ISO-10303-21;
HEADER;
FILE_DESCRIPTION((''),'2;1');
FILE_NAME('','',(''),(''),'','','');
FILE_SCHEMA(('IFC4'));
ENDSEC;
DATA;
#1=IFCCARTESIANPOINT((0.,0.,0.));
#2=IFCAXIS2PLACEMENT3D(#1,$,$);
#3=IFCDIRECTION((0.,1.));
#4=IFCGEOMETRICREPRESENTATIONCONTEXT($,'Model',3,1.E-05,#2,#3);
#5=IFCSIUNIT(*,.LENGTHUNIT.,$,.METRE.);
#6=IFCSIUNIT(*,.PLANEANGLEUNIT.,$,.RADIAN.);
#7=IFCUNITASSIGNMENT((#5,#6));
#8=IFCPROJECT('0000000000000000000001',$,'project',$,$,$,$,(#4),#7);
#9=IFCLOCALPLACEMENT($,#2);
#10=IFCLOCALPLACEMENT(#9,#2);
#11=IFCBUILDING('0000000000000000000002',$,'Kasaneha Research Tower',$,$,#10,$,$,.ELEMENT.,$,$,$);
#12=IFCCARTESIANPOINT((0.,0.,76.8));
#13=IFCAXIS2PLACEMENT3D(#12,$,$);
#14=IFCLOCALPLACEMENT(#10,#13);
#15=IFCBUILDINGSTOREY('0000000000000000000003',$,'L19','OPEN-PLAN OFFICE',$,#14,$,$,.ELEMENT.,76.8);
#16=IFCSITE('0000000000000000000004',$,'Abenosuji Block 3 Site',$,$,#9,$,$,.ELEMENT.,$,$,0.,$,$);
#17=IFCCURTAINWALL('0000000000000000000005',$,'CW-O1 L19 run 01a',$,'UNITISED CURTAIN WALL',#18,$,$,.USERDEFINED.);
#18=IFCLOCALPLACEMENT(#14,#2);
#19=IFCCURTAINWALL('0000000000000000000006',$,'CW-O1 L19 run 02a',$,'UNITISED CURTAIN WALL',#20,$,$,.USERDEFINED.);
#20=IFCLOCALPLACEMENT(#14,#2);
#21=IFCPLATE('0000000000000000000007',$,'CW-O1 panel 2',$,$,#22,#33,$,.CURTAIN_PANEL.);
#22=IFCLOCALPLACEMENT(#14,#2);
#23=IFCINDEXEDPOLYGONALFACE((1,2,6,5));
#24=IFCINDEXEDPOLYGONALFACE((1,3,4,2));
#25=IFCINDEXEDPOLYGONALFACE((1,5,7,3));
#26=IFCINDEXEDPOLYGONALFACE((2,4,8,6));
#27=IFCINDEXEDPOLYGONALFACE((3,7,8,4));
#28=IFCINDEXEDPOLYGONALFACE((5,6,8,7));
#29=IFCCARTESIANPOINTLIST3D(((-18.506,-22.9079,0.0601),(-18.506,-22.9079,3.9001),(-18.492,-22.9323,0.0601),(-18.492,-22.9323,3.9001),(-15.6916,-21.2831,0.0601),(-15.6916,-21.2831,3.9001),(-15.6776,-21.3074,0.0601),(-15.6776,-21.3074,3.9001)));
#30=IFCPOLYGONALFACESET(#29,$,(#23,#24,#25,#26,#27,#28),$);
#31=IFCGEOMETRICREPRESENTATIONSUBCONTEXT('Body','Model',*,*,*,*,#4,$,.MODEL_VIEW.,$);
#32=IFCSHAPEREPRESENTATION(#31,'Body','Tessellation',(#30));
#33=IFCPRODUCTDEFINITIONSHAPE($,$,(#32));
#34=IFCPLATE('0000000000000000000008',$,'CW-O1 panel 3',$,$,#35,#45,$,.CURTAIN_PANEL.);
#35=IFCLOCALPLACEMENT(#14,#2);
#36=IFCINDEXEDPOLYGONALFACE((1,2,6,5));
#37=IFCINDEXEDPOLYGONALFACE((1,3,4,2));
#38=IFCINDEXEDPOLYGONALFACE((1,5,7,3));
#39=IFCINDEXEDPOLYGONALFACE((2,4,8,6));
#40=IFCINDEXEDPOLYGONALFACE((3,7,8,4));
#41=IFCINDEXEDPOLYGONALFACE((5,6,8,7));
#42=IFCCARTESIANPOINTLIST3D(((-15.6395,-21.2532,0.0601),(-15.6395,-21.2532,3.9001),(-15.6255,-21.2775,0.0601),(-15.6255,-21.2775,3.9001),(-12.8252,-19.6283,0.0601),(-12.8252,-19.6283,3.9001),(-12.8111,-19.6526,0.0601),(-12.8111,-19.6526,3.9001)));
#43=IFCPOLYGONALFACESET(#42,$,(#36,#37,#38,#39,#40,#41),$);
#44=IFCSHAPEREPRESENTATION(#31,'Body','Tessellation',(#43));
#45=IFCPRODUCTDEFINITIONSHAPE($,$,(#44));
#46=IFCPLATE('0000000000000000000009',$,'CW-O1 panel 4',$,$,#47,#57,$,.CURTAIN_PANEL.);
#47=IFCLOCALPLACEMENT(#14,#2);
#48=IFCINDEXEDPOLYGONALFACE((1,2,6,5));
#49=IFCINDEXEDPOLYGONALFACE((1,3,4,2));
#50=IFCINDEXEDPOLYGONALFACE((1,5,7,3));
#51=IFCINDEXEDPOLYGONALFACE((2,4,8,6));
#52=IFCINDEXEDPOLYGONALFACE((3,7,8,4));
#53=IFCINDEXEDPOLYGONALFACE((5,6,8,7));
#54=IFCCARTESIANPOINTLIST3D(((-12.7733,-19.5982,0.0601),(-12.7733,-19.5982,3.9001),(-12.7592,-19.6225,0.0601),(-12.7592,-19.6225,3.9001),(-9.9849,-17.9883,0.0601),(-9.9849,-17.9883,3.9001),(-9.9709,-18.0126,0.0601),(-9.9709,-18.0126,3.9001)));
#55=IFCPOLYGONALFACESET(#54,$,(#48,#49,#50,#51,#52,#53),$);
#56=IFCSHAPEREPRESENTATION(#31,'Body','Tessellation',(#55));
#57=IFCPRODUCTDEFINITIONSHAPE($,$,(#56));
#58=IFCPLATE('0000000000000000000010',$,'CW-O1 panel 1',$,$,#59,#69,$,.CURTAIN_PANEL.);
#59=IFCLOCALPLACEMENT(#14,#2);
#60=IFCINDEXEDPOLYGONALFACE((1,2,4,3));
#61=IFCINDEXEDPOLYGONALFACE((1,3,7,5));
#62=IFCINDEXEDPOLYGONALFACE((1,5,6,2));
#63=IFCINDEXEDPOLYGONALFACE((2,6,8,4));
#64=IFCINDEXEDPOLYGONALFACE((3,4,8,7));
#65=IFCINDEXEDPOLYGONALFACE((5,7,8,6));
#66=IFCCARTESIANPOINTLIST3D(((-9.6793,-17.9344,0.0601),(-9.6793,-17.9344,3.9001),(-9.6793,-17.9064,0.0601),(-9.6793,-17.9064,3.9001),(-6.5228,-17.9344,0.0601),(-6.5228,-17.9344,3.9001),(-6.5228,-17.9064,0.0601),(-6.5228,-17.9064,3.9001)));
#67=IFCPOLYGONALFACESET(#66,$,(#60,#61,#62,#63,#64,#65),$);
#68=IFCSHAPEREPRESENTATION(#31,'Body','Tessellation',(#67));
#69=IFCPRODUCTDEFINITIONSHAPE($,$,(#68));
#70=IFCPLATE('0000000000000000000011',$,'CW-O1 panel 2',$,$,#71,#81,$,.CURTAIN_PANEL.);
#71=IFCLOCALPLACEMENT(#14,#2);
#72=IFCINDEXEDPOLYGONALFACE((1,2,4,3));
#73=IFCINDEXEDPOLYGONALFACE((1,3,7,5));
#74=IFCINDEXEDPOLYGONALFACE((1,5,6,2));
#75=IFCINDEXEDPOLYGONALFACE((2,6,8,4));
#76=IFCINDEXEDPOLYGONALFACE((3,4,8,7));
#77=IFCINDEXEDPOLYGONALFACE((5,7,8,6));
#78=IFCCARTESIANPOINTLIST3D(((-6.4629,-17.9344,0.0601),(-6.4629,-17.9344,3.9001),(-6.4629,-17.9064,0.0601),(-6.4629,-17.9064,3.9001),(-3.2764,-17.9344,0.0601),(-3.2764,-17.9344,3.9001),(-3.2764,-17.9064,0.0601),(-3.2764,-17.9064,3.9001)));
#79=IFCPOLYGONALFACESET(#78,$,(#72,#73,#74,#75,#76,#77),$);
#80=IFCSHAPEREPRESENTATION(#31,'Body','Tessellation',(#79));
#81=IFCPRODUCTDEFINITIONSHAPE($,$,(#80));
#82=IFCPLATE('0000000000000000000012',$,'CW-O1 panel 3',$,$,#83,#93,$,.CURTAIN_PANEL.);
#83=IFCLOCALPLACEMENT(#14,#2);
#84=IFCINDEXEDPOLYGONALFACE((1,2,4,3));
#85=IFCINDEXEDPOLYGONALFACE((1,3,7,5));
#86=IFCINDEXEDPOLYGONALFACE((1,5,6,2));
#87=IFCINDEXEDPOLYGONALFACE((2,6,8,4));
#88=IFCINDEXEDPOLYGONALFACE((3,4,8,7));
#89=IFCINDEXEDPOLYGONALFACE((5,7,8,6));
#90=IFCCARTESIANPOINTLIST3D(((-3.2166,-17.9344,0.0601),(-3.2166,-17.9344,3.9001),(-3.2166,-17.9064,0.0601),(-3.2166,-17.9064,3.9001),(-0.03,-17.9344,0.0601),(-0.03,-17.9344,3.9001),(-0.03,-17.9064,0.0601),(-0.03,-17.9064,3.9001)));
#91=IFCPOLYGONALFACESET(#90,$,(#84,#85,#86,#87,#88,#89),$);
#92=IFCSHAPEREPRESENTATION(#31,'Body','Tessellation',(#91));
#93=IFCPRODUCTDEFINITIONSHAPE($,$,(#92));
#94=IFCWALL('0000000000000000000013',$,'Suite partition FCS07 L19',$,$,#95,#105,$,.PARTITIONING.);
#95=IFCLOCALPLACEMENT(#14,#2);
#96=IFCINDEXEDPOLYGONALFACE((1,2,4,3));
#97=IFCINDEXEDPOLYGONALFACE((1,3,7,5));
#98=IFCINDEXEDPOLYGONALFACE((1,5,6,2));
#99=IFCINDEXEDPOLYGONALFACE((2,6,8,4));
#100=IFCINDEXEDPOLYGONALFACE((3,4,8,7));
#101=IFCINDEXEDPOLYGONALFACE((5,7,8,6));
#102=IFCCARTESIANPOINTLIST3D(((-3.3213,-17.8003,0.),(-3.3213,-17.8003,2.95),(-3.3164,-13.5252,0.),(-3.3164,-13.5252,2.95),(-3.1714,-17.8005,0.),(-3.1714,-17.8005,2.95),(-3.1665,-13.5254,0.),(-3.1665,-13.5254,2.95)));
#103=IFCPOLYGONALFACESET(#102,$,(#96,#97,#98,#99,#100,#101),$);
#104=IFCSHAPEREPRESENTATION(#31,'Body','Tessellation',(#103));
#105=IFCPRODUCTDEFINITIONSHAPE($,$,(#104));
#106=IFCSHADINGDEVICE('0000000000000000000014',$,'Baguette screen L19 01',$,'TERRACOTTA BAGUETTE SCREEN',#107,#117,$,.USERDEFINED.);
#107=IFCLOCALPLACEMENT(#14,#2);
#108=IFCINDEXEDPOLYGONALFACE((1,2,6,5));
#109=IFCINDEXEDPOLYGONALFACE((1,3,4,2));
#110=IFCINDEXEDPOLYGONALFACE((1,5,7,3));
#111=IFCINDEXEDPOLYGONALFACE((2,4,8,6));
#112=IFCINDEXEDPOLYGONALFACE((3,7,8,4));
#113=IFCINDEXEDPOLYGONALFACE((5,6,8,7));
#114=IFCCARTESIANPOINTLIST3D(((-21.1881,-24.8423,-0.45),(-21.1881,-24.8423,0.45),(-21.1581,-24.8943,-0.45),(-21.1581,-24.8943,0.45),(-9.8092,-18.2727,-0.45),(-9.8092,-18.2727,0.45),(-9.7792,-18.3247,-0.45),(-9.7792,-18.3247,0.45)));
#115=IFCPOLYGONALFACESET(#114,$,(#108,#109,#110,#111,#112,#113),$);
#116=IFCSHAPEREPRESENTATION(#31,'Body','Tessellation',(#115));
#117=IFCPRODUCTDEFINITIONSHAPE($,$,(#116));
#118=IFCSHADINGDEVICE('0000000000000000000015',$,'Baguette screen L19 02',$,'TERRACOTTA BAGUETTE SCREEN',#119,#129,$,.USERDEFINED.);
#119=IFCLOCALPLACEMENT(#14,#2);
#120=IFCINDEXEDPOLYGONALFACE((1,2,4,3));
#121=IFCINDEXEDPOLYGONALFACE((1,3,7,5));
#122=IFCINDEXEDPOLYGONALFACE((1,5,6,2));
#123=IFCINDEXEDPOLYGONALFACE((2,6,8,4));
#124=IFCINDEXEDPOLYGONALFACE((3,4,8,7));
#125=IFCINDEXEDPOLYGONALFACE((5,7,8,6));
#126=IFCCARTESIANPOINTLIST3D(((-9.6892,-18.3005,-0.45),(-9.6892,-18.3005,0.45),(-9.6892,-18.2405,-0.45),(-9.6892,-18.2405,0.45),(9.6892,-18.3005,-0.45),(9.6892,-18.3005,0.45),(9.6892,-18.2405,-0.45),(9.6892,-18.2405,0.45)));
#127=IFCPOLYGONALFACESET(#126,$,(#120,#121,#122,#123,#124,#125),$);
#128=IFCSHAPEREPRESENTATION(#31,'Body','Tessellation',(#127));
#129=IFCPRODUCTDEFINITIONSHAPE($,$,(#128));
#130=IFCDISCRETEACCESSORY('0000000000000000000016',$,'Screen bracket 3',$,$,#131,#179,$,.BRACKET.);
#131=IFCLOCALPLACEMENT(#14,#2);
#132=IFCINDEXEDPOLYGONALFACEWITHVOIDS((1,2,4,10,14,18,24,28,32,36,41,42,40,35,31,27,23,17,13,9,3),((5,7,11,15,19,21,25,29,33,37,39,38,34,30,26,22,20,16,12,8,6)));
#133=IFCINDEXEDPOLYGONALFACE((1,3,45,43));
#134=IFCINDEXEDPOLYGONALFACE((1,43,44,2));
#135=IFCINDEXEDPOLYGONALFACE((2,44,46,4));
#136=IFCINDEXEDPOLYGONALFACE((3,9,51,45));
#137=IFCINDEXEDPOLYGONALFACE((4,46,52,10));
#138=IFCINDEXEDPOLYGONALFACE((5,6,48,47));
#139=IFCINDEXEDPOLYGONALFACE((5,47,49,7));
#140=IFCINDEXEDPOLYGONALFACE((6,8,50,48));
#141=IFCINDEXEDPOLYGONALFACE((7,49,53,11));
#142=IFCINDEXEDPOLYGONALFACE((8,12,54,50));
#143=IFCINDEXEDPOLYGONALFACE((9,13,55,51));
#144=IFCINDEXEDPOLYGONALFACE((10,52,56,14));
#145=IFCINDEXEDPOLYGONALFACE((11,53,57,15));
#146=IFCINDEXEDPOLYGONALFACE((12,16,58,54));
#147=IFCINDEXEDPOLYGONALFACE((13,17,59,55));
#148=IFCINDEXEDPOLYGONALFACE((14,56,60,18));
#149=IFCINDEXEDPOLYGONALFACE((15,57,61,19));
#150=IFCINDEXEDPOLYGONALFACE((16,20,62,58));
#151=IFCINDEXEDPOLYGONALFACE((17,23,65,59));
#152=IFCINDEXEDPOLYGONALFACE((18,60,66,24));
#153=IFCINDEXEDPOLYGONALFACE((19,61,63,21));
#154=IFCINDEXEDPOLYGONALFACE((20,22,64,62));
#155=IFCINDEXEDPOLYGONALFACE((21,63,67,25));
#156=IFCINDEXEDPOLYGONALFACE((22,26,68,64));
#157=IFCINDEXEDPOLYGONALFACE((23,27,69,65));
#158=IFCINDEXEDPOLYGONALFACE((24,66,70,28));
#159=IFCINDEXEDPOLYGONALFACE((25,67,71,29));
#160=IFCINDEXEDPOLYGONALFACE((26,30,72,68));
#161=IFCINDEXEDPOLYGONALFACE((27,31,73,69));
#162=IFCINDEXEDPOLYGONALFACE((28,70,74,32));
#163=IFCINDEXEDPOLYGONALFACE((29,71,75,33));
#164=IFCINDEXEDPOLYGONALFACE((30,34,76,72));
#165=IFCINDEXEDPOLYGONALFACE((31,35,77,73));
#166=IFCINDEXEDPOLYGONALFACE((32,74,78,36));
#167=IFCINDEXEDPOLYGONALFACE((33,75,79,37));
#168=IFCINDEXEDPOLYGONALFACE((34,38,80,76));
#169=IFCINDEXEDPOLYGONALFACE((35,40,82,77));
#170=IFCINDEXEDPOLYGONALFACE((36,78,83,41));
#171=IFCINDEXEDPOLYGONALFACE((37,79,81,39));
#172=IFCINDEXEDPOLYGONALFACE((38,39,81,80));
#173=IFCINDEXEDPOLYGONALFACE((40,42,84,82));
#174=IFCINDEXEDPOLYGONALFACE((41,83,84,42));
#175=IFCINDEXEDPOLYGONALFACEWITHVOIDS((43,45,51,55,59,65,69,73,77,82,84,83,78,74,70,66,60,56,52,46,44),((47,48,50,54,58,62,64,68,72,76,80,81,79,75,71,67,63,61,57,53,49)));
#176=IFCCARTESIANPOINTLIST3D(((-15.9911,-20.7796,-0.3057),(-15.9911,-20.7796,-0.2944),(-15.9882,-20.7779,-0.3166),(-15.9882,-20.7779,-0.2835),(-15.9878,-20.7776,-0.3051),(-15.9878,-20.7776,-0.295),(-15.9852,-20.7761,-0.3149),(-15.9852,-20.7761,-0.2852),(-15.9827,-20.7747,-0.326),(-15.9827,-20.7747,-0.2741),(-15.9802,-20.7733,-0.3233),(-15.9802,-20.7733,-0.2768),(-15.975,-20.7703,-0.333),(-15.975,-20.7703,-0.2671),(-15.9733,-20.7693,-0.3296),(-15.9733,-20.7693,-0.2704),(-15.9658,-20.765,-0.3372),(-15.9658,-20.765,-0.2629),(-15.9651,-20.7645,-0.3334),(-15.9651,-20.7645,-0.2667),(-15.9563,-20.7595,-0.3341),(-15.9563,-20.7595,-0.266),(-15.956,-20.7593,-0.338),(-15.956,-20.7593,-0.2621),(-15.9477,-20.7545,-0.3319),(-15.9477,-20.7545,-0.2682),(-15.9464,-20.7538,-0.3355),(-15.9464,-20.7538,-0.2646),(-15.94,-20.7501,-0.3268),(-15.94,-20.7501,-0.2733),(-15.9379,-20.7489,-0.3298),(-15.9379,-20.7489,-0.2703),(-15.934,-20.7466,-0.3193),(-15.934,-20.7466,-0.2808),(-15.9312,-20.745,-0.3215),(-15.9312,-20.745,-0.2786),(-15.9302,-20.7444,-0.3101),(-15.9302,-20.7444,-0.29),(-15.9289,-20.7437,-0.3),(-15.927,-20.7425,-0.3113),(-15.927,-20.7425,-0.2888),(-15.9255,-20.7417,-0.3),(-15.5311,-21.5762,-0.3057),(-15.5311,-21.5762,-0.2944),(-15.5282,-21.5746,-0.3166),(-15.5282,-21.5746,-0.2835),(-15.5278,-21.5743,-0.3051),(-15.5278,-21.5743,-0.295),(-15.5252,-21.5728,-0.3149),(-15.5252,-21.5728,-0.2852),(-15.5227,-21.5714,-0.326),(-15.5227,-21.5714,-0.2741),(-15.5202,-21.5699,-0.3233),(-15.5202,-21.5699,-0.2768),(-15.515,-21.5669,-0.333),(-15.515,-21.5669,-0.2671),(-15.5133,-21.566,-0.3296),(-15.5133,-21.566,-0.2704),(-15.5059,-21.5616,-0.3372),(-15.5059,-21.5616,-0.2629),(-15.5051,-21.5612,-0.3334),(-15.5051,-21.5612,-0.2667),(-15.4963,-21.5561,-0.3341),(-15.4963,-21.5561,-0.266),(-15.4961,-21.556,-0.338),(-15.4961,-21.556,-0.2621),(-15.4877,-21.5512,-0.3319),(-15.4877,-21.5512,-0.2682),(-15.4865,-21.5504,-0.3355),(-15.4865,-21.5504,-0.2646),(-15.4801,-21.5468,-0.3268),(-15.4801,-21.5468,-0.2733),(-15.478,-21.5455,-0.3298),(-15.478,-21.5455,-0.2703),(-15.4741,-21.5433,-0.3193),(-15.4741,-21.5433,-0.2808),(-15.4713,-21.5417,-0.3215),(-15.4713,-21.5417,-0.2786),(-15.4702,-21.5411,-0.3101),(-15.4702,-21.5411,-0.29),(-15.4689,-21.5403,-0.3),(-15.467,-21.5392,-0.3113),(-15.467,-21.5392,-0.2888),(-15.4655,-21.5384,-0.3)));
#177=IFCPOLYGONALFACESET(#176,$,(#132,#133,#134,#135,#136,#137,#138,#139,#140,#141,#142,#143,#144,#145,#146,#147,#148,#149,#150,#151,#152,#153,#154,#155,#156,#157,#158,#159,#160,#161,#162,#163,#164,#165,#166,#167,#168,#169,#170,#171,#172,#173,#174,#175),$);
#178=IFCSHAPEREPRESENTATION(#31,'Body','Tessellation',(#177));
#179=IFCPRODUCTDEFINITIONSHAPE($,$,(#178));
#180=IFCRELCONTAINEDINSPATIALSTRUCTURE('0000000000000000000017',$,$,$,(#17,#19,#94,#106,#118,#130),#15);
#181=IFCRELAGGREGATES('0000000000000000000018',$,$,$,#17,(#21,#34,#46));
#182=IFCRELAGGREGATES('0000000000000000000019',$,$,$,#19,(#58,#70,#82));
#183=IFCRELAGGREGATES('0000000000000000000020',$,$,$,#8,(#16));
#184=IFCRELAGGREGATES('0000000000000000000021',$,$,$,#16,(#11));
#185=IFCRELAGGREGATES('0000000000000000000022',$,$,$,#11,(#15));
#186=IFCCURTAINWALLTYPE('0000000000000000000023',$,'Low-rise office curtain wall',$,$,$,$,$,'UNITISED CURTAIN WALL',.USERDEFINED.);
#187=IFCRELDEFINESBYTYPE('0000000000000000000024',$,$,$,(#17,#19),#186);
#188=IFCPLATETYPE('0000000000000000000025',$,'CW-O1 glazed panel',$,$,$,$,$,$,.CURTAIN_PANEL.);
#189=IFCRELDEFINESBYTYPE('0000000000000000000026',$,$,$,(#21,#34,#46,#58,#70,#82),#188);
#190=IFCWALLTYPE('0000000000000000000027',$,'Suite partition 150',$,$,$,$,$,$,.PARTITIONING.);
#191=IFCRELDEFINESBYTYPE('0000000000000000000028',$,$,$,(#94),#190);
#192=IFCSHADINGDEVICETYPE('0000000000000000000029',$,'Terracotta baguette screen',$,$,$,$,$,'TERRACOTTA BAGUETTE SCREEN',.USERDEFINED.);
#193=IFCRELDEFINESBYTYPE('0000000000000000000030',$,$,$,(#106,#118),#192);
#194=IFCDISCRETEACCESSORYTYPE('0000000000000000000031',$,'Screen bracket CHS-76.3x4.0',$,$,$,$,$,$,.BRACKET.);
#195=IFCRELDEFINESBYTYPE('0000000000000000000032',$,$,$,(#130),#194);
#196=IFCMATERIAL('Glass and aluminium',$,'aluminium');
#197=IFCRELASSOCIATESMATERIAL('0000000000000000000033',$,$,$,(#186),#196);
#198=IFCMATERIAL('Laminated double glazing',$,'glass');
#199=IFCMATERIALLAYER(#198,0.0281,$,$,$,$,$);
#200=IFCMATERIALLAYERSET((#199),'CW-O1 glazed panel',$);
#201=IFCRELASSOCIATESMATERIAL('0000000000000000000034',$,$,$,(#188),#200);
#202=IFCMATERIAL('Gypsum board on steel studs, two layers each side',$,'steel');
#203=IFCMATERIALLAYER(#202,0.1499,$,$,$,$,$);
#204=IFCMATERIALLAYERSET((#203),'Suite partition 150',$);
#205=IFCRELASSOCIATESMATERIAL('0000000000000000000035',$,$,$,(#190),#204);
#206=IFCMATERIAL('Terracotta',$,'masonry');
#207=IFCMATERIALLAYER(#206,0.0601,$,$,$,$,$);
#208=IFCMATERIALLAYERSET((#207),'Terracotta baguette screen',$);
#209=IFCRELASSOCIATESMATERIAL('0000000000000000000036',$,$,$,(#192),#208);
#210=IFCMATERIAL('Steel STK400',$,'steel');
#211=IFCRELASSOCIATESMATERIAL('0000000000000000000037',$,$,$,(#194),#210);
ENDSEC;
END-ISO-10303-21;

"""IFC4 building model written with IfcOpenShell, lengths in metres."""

from ifc_helpers import new_model, si_unit, direction, frame, frame_2d, origin, origin_2d, place, context, subcontext, project, spatial, rectangle, hollow_circle, extrude, material, layer, layer_set, material_profile, profile_set, type_object, element, aggregate, save


model = new_model("IFC4")

# Units and contexts
model_context = context("Model", 3, precision=1e-05, world=origin(), true_north=direction((0.0, 1.0)))
body_context = subcontext(model_context, "Body", "Model", "MODEL_VIEW")
ifc_project = project(units=[si_unit("LENGTHUNIT", "METRE"), si_unit("PLANEANGLEUNIT", "RADIAN")], contexts=[model_context])

# Site, building, storey
site_placement = place(None, origin())
site = spatial("IfcSite", under=ifc_project, at=site_placement, Name="Abenosuji Block 3 Site", CompositionType="ELEMENT", RefElevation=0.0)
building_placement = place(site_placement, origin())
building = spatial("IfcBuilding", under=site, at=building_placement, Name="Kasaneha Research Tower", CompositionType="ELEMENT")
storey_placement = place(building_placement, frame((0.0, 0.0, 76.8)))
storey = spatial("IfcBuildingStorey", under=building, at=storey_placement, Name="L19", Description="OPEN-PLAN OFFICE", CompositionType="ELEMENT", Elevation=76.8)

# Curtain walls
ifc_material_1 = material(Name="Glass and aluminium", Category="aluminium")
curtain_wall_type = type_object("IfcCurtainWallType", Name="Low-rise office curtain wall", ElementType="UNITISED CURTAIN WALL", PredefinedType="USERDEFINED", material=ifc_material_1)
curtain_wall_1_placement = place(storey_placement, origin())
curtain_wall_1 = element("IfcCurtainWall", 1, at=curtain_wall_1_placement, inside=storey, type_object=curtain_wall_type, Name="CW-O1 L19 run 01a", ObjectType="UNITISED CURTAIN WALL", PredefinedType="USERDEFINED")
curtain_wall_2_placement = place(storey_placement, origin())
curtain_wall_2 = element("IfcCurtainWall", 2, at=curtain_wall_2_placement, inside=storey, type_object=curtain_wall_type, Name="CW-O1 L19 run 02a", ObjectType="UNITISED CURTAIN WALL", PredefinedType="USERDEFINED")

# Plates
ifc_material_2 = material(Name="Laminated double glazing", Category="glass")
ifc_layer_1 = layer(ifc_material_2, 0.0281)
ifc_layer_set_1 = layer_set([ifc_layer_1], Name="CW-O1 glazed panel")
plate_type = type_object("IfcPlateType", Name="CW-O1 glazed panel", PredefinedType="CURTAIN_PANEL", material=ifc_layer_set_1)
plate_1_placement = place(storey_placement, frame((-17.0918, -22.1077, 0.0601), z_axis=(0.0, 0.0, 1.0), x_axis=(0.866025, 0.5, 0.0)))
plate_1 = element("IfcPlate", 3, at=plate_1_placement, type_object=plate_type, Name="CW-O1 panel 2", PredefinedType="CURTAIN_PANEL", context=body_context, shape_type="SweptSolid", body=[
    extrude(rectangle(XDim=3.2498, YDim=0.0281, at=origin_2d()), origin(), (0.0, 0.0, 1.0), 3.8401),
])
plate_2_placement = place(storey_placement, frame((-14.2253, -20.4529, 0.0601), z_axis=(0.0, 0.0, 1.0), x_axis=(0.866025, 0.5, 0.0)))
plate_2 = element("IfcPlate", 4, at=plate_2_placement, type_object=plate_type, Name="CW-O1 panel 3", PredefinedType="CURTAIN_PANEL", context=body_context, shape_type="SweptSolid", body=[
    extrude(rectangle(XDim=3.2498, YDim=0.0281, at=origin_2d()), origin(), (0.0, 0.0, 1.0), 3.8401),
])
plate_3_placement = place(storey_placement, frame((-11.3721, -18.8054, 0.0601), z_axis=(0.0, 0.0, 1.0), x_axis=(0.866025, 0.5, 0.0)))
plate_3 = element("IfcPlate", 5, at=plate_3_placement, type_object=plate_type, Name="CW-O1 panel 4", PredefinedType="CURTAIN_PANEL", context=body_context, shape_type="SweptSolid", body=[
    extrude(rectangle(XDim=3.2197, YDim=0.0281, at=origin_2d()), origin(), (0.0, 0.0, 1.0), 3.8401),
])
aggregate(curtain_wall_1, [plate_1, plate_2, plate_3])
plate_4_placement = place(storey_placement, frame((-8.1011, -17.9204, 0.0601), z_axis=(0.0, 0.0, 1.0), x_axis=(1.0, 0.0, 0.0)))
plate_4 = element("IfcPlate", 6, at=plate_4_placement, type_object=plate_type, Name="CW-O1 panel 1", PredefinedType="CURTAIN_PANEL", context=body_context, shape_type="SweptSolid", body=[
    extrude(rectangle(XDim=3.1565, YDim=0.0281, at=origin_2d()), origin(), (0.0, 0.0, 1.0), 3.8401),
])
plate_5_placement = place(storey_placement, frame((-4.8696, -17.9204, 0.0601), z_axis=(0.0, 0.0, 1.0), x_axis=(1.0, 0.0, 0.0)))
plate_5 = element("IfcPlate", 7, at=plate_5_placement, type_object=plate_type, Name="CW-O1 panel 2", PredefinedType="CURTAIN_PANEL", context=body_context, shape_type="SweptSolid", body=[
    extrude(rectangle(XDim=3.1865, YDim=0.0281, at=origin_2d()), origin(), (0.0, 0.0, 1.0), 3.8401),
])
plate_6_placement = place(storey_placement, frame((-1.6233, -17.9204, 0.0601), z_axis=(0.0, 0.0, 1.0), x_axis=(1.0, 0.0, 0.0)))
plate_6 = element("IfcPlate", 8, at=plate_6_placement, type_object=plate_type, Name="CW-O1 panel 3", PredefinedType="CURTAIN_PANEL", context=body_context, shape_type="SweptSolid", body=[
    extrude(rectangle(XDim=3.1865, YDim=0.0281, at=origin_2d()), origin(), (0.0, 0.0, 1.0), 3.8401),
])
aggregate(curtain_wall_2, [plate_4, plate_5, plate_6])

# Wall
ifc_material_3 = material(Name="Gypsum board on steel studs, two layers each side", Category="steel")
ifc_layer_2 = layer(ifc_material_3, 0.1499)
ifc_layer_set_2 = layer_set([ifc_layer_2], Name="Suite partition 150")
wall_type = type_object("IfcWallType", Name="Suite partition 150", PredefinedType="PARTITIONING", material=ifc_layer_set_2)
wall_placement = place(storey_placement, frame((-3.2463, -17.8005, 0.0), z_axis=(0.0, 0.0, 1.0), x_axis=(0.001142, 0.999999, 0.0)))
element("IfcWall", 9, at=wall_placement, inside=storey, type_object=wall_type, Name="Suite partition FCS07 L19", PredefinedType="PARTITIONING", context=body_context, shape_type="SweptSolid", body=[
    extrude(rectangle(XDim=4.2751, YDim=0.1499, at=frame_2d((2.1377, 0.0))), origin(), (0.0, 0.0, 1.0), 2.95),
])

# Shading devices
ifc_material_4 = material(Name="Terracotta", Category="masonry")
ifc_layer_3 = layer(ifc_material_4, 0.0601)
ifc_layer_set_3 = layer_set([ifc_layer_3], Name="Terracotta baguette screen")
shading_device_type = type_object("IfcShadingDeviceType", Name="Terracotta baguette screen", ElementType="TERRACOTTA BAGUETTE SCREEN", PredefinedType="USERDEFINED", material=ifc_layer_set_3)
shading_device_1_placement = place(storey_placement, frame((-15.4836, -21.5835, -0.45), z_axis=(0.0, 0.0, 1.0), x_axis=(0.866025, 0.5, 0.0)))
element("IfcShadingDevice", 10, at=shading_device_1_placement, inside=storey, type_object=shading_device_type, Name="Baguette screen L19 01", ObjectType="TERRACOTTA BAGUETTE SCREEN", PredefinedType="USERDEFINED", context=body_context, shape_type="SweptSolid", body=[
    extrude(rectangle(XDim=13.1392, YDim=0.0601, at=origin_2d()), origin(), (0.0, 0.0, 1.0), 0.8999),
])
shading_device_2_placement = place(storey_placement, frame((0.0, -18.2705, -0.45), z_axis=(0.0, 0.0, 1.0), x_axis=(1.0, 0.0, 0.0)))
element("IfcShadingDevice", 11, at=shading_device_2_placement, inside=storey, type_object=shading_device_type, Name="Baguette screen L19 02", ObjectType="TERRACOTTA BAGUETTE SCREEN", PredefinedType="USERDEFINED", context=body_context, shape_type="SweptSolid", body=[
    extrude(rectangle(XDim=19.3784, YDim=0.0601, at=origin_2d()), origin(), (0.0, 0.0, 1.0), 0.8999),
])

# Discrete accessory
ifc_material_5 = material(Name="Steel STK400", Category="steel")
ifc_material_profile_1 = material_profile(ifc_material_5, hollow_circle(Radius=0.0381, WallThickness=0.0039, at=origin_2d()), Name="CHS-76.3x4.0")
ifc_profile_set_1 = profile_set([ifc_material_profile_1], Name="Steel STK400")
discrete_accessory_type = type_object("IfcDiscreteAccessoryType", Name="Screen bracket CHS-76.3x4.0", PredefinedType="BRACKET", material=ifc_profile_set_1)
discrete_accessory_1_placement = place(storey_placement, frame((-15.9585, -20.7607, -0.3), z_axis=(0.500021, -0.866013, 0.0), x_axis=(0.866013, 0.500021, 0.0)))
element("IfcDiscreteAccessory", 12, at=discrete_accessory_1_placement, inside=storey, type_object=discrete_accessory_type, Name="Screen bracket 3", PredefinedType="BRACKET", context=body_context, shape_type="SweptSolid", body=[
    extrude(hollow_circle(Radius=0.0381, WallThickness=0.0039, at=origin_2d()), origin(), (0.0, 0.0, 1.0), 0.9199),
])

save(model, "model.ifc")
